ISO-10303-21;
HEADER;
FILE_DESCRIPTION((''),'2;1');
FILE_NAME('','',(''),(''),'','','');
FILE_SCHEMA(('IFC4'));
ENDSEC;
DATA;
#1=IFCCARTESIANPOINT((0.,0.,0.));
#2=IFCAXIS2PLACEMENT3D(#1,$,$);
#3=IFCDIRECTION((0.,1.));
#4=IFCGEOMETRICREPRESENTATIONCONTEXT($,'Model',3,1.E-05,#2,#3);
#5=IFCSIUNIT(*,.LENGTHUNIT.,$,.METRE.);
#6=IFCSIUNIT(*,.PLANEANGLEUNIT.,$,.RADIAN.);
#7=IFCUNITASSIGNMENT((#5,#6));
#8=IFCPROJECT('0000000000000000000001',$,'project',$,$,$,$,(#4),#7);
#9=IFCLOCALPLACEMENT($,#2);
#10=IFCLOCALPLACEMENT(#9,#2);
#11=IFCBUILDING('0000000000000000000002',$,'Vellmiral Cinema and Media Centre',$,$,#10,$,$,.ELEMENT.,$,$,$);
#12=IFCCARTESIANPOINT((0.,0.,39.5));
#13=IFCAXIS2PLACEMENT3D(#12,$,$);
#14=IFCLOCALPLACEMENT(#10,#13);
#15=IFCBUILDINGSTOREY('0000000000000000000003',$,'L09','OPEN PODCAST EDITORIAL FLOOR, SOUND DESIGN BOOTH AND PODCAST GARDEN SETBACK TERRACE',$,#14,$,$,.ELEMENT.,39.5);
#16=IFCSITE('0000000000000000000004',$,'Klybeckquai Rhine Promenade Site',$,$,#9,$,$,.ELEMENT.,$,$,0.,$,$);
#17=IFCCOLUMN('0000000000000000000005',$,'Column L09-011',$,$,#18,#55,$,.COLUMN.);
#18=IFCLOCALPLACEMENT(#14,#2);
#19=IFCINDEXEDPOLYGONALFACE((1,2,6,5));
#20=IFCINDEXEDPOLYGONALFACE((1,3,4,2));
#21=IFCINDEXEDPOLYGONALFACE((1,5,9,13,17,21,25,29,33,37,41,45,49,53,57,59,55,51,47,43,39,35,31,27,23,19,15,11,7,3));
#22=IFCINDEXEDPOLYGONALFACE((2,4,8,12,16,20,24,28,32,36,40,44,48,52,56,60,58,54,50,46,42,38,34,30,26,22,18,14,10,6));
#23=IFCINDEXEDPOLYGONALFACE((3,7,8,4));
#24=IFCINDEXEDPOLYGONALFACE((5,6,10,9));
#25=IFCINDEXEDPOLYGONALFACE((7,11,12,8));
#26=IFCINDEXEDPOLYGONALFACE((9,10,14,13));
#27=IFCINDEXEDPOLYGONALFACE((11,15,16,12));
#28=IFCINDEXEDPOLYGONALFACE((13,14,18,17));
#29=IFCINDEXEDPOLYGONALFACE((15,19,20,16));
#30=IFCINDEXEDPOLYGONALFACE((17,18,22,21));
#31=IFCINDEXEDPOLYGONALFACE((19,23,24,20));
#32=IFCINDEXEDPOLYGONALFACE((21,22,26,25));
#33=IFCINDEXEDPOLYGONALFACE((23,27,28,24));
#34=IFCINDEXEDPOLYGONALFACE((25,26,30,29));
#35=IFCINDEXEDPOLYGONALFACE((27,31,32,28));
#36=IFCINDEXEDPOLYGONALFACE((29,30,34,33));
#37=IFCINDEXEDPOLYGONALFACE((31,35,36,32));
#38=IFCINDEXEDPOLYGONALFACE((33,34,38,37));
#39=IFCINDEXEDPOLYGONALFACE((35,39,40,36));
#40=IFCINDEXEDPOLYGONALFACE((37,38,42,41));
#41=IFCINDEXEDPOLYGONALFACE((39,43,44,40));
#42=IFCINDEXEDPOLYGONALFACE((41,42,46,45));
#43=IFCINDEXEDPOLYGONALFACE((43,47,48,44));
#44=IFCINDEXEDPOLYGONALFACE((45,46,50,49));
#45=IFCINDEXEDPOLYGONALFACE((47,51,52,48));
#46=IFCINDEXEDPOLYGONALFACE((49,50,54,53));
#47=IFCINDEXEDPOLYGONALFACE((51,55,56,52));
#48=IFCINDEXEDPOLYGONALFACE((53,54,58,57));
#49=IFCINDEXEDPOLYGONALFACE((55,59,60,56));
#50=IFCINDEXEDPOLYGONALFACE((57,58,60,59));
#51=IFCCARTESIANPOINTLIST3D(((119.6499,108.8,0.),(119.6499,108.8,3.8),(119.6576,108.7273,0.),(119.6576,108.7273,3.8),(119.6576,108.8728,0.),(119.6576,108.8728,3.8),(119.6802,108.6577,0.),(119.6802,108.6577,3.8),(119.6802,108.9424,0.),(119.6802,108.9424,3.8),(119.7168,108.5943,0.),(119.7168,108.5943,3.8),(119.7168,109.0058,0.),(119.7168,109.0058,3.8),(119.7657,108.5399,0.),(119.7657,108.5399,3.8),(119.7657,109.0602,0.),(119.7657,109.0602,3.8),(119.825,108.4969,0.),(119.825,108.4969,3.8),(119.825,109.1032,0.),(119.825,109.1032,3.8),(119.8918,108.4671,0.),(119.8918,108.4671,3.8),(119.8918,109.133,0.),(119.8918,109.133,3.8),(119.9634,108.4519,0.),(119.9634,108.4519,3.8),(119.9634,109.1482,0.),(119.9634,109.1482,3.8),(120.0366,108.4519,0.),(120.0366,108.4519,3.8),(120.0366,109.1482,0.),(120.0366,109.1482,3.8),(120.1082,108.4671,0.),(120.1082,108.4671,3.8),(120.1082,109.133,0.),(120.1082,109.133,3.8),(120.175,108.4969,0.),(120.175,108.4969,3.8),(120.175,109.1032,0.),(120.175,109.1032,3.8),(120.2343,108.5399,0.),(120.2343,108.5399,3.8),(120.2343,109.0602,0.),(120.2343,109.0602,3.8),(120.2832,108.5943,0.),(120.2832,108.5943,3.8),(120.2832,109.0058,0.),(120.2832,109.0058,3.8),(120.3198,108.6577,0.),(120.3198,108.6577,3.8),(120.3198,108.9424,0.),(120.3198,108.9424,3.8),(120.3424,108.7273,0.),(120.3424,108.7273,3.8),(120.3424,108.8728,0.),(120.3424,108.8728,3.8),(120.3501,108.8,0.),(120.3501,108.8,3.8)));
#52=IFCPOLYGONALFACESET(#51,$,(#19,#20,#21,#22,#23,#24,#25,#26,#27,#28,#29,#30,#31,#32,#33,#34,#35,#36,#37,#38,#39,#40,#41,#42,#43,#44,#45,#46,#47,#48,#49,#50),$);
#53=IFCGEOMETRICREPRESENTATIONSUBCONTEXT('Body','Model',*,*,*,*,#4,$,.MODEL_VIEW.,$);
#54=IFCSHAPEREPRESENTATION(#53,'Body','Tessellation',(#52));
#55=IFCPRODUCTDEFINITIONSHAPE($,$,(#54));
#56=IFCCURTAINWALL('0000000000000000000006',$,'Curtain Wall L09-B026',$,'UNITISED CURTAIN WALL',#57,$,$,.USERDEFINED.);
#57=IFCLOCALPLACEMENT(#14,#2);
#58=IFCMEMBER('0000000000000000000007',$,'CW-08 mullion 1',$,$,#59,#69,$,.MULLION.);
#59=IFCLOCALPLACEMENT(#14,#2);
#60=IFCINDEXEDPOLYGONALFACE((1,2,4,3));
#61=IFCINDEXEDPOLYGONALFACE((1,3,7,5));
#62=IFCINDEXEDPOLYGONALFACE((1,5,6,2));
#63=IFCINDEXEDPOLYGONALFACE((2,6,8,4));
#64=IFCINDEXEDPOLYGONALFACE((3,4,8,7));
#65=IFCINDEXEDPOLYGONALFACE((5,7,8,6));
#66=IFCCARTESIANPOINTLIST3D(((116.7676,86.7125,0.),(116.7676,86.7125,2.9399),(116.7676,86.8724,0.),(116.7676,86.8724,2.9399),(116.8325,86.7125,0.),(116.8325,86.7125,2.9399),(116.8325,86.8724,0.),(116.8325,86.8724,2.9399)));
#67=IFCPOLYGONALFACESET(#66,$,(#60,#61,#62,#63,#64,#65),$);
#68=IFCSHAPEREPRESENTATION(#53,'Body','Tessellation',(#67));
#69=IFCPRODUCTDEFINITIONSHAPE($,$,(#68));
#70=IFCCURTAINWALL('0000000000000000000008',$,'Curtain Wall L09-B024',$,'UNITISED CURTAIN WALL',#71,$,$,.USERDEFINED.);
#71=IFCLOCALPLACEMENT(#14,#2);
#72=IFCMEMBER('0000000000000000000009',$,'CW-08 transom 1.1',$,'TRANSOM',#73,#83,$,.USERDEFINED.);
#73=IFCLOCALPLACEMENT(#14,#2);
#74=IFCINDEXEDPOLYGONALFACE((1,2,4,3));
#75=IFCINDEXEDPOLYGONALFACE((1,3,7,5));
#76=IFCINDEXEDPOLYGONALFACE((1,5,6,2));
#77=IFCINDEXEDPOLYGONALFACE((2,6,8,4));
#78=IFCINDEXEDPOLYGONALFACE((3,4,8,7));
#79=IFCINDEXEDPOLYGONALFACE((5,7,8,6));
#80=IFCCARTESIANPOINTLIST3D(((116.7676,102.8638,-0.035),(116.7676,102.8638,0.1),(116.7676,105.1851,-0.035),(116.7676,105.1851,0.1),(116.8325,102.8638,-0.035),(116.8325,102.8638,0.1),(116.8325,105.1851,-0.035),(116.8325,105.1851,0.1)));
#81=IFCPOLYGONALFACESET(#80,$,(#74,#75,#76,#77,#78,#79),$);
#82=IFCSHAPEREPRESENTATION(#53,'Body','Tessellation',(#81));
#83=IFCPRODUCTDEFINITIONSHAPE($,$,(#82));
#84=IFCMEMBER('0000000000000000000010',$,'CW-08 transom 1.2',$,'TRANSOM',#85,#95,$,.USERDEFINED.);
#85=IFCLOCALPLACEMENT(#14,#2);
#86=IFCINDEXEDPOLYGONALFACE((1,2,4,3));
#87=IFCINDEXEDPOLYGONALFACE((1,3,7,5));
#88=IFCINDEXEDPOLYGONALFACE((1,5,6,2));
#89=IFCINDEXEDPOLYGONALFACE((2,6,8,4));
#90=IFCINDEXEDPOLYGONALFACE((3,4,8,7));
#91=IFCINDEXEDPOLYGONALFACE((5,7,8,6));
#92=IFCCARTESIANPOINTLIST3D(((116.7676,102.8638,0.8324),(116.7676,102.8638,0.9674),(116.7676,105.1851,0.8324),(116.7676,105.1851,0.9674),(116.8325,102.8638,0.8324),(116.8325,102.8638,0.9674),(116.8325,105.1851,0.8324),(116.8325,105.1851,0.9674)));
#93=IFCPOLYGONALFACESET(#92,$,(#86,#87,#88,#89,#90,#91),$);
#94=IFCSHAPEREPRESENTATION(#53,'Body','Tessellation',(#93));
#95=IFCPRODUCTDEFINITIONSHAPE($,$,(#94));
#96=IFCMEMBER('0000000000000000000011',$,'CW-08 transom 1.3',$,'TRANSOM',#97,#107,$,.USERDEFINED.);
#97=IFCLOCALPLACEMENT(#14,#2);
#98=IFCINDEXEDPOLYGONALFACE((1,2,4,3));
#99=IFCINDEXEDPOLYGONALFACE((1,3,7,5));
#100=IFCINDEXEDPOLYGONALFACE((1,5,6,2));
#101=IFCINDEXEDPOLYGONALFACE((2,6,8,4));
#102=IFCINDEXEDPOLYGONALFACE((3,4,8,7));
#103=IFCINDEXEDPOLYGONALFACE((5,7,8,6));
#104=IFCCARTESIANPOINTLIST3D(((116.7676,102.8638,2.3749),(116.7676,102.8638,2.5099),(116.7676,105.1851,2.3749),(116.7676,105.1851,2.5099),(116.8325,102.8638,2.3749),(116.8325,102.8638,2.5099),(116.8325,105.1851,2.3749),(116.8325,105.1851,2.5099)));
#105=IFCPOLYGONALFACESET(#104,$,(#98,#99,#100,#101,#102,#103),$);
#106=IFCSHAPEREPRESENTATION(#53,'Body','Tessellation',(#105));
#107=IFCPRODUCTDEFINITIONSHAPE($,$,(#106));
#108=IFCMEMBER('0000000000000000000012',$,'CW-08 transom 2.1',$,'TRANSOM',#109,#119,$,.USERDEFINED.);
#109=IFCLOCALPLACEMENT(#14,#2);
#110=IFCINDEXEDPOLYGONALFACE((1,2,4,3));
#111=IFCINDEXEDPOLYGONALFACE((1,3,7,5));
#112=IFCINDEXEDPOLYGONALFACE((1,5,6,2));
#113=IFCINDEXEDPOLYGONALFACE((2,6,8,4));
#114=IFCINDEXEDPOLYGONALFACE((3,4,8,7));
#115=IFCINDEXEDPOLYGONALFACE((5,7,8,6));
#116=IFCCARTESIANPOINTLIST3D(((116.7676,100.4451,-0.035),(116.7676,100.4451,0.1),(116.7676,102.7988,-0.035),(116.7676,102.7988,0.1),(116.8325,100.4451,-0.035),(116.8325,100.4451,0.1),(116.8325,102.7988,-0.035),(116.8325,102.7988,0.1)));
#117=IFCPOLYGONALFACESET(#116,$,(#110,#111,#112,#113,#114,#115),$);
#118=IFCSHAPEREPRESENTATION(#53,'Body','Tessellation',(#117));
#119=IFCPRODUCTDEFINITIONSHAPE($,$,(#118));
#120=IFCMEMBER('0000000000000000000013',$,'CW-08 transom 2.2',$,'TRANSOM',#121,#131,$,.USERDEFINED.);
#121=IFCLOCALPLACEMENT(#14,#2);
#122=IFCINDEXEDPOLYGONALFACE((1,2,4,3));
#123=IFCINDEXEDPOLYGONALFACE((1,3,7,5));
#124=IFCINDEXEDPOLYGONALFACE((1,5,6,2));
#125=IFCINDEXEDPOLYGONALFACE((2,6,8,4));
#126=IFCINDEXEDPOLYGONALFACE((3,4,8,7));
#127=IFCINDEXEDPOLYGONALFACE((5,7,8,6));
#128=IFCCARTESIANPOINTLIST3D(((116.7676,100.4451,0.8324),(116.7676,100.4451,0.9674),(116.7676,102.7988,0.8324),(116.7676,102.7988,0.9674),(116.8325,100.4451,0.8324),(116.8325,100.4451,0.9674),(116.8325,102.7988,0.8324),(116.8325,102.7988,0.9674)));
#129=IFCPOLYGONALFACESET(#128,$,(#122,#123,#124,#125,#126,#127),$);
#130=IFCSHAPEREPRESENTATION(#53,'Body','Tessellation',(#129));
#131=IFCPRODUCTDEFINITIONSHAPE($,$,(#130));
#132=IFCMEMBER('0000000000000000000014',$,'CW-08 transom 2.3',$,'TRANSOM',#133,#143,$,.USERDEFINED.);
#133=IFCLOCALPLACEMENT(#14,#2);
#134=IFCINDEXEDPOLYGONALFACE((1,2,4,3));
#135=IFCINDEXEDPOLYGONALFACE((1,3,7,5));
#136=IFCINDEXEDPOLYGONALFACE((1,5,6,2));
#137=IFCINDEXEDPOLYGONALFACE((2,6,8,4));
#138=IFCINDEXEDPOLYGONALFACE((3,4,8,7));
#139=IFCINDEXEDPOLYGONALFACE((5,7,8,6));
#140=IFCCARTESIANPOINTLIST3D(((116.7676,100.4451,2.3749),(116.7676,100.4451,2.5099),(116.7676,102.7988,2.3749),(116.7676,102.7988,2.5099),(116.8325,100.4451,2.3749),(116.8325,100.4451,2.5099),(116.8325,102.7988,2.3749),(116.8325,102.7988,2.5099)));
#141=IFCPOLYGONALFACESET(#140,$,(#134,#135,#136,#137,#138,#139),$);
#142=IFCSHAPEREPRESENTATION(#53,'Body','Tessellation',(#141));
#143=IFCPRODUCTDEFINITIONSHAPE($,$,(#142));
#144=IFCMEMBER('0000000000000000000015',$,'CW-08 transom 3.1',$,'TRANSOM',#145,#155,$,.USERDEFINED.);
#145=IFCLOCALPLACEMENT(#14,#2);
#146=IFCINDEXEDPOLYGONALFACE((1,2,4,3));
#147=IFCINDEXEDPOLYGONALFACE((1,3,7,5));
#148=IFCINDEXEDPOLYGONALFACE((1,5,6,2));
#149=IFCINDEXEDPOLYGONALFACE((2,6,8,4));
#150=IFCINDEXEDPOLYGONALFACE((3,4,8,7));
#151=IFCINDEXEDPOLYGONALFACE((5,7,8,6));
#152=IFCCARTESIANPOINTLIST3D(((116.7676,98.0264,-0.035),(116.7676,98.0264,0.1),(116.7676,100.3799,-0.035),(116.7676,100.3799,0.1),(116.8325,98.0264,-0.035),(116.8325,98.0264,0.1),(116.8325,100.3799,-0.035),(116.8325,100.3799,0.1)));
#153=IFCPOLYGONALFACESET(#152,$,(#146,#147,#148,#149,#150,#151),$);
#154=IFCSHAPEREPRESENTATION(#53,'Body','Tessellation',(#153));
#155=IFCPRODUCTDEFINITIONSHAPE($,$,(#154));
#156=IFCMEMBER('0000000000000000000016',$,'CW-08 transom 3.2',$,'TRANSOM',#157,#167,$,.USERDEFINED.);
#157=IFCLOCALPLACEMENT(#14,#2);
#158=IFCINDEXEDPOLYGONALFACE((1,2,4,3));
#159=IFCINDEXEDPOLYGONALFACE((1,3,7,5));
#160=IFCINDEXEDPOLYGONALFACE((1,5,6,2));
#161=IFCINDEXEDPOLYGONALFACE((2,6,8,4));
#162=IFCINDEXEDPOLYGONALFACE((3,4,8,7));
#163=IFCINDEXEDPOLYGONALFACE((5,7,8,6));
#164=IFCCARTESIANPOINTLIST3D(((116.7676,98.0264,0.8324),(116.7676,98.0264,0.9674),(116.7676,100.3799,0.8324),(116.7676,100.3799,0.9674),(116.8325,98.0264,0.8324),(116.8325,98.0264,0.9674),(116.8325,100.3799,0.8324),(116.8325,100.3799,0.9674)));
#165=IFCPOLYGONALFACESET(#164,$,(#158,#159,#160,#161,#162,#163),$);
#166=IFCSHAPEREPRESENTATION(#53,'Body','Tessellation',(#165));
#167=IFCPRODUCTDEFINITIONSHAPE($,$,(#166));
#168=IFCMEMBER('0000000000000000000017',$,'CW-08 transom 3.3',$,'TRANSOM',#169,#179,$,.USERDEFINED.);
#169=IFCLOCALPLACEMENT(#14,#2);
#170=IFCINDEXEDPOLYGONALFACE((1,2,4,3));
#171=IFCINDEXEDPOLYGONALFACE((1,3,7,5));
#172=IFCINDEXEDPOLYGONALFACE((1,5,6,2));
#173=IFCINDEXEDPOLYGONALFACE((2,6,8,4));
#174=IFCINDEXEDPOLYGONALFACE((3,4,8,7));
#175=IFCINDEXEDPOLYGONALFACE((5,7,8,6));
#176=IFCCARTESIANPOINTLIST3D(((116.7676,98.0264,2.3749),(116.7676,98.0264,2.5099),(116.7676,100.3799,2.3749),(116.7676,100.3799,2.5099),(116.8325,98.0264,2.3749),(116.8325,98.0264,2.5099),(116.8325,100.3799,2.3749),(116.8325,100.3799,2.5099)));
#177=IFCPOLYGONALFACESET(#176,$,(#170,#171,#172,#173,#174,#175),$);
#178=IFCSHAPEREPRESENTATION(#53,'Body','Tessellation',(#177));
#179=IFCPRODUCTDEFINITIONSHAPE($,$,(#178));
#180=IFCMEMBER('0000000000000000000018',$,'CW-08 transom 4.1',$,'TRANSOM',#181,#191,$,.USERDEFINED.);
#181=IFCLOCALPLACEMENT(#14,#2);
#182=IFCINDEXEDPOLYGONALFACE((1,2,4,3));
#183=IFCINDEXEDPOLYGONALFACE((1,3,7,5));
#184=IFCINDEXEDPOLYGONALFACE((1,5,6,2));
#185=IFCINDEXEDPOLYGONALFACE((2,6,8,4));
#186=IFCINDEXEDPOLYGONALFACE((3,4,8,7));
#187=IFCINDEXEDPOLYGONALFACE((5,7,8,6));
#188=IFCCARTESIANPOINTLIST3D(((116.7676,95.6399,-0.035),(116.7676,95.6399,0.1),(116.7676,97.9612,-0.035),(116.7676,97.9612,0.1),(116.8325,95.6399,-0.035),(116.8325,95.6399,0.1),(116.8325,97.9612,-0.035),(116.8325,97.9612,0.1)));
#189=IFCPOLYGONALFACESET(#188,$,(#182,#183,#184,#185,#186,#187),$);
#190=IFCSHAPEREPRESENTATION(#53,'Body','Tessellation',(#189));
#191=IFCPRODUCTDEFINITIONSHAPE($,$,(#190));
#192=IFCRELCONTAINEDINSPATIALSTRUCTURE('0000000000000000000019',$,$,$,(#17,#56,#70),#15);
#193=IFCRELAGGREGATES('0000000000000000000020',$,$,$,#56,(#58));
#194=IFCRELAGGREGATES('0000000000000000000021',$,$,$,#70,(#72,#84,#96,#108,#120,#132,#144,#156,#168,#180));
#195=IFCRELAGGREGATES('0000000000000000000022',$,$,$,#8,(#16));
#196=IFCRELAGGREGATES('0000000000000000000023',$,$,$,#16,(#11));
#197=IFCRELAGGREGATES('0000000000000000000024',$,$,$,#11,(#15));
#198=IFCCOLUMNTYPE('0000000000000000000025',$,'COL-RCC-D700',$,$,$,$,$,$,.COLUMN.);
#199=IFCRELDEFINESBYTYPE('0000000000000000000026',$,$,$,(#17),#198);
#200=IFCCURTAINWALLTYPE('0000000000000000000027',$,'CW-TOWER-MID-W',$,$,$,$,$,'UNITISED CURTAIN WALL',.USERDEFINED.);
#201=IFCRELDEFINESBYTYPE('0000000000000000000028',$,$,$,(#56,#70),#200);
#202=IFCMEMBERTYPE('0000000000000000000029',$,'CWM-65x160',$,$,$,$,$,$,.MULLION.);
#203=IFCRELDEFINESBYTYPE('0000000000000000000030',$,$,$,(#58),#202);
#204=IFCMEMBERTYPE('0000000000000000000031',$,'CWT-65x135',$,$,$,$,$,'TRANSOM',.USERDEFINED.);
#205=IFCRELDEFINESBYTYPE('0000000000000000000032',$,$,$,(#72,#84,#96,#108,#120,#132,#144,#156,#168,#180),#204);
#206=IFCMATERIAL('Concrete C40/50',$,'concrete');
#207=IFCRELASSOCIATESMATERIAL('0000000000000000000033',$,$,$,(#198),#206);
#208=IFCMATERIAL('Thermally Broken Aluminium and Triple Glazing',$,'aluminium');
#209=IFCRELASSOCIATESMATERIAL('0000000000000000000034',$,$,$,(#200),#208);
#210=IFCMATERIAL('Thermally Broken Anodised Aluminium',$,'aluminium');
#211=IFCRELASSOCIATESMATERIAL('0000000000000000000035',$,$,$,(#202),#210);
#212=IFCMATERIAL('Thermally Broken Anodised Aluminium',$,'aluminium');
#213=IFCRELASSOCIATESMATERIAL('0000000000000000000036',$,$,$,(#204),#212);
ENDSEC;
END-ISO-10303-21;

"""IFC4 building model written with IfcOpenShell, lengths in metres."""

from ifc_helpers import new_model, si_unit, direction, frame, origin, origin_2d, place, context, subcontext, project, spatial, rectangle, circle, extrude, material, material_profile, profile_set, type_object, element, aggregate, save


model = new_model("IFC4")

# Units and contexts
model_context = context("Model", 3, precision=1e-05, world=origin(), true_north=direction((0.0, 1.0)))
body_context = subcontext(model_context, "Body", "Model", "MODEL_VIEW")
ifc_project = project(units=[si_unit("LENGTHUNIT", "METRE"), si_unit("PLANEANGLEUNIT", "RADIAN")], contexts=[model_context])

# Site, building, storey
site_placement = place(None, origin())
site = spatial("IfcSite", under=ifc_project, at=site_placement, Name="Klybeckquai Rhine Promenade Site", CompositionType="ELEMENT", RefElevation=0.0)
building_placement = place(site_placement, origin())
building = spatial("IfcBuilding", under=site, at=building_placement, Name="Vellmiral Cinema and Media Centre", CompositionType="ELEMENT")
storey_placement = place(building_placement, frame((0.0, 0.0, 39.5)))
storey = spatial("IfcBuildingStorey", under=building, at=storey_placement, Name="L09", Description="OPEN PODCAST EDITORIAL FLOOR, SOUND DESIGN BOOTH AND PODCAST GARDEN SETBACK TERRACE", CompositionType="ELEMENT", Elevation=39.5)

# Column
ifc_material_1 = material(Name="Concrete C40/50", Category="concrete")
ifc_material_profile_1 = material_profile(ifc_material_1, circle(Radius=0.3501, at=origin_2d()), Name="RC D700")
ifc_profile_set_1 = profile_set([ifc_material_profile_1], Name="Concrete C40/50")
column_type = type_object("IfcColumnType", Name="COL-RCC-D700", PredefinedType="COLUMN", material=ifc_profile_set_1)
column_placement = place(storey_placement, frame((120.0, 108.8, 0.0), z_axis=(0.0, 0.0, 1.0), x_axis=(1.0, 0.0, 0.0)))
element("IfcColumn", 1, at=column_placement, inside=storey, type_object=column_type, Name="Column L09-011", PredefinedType="COLUMN", context=body_context, shape_type="SweptSolid", body=[
    extrude(circle(Radius=0.3501, at=origin_2d()), origin(), (0.0, 0.0, 1.0), 3.8),
])

# Curtain wall, member
ifc_material_2 = material(Name="Thermally Broken Aluminium and Triple Glazing", Category="aluminium")
curtain_wall_type = type_object("IfcCurtainWallType", Name="CW-TOWER-MID-W", ElementType="UNITISED CURTAIN WALL", PredefinedType="USERDEFINED", material=ifc_material_2)
curtain_wall_1_placement = place(storey_placement, origin())
curtain_wall_1 = element("IfcCurtainWall", 2, at=curtain_wall_1_placement, inside=storey, type_object=curtain_wall_type, Name="Curtain Wall L09-B026", ObjectType="UNITISED CURTAIN WALL", PredefinedType="USERDEFINED")
ifc_material_3 = material(Name="Thermally Broken Anodised Aluminium", Category="aluminium")
ifc_material_profile_2 = material_profile(ifc_material_3, rectangle(XDim=0.0649, YDim=0.1599, at=origin_2d()), Name="MULL 65x160")
ifc_profile_set_2 = profile_set([ifc_material_profile_2], Name="Thermally Broken Anodised Aluminium")
member_type_1 = type_object("IfcMemberType", Name="CWM-65x160", PredefinedType="MULLION", material=ifc_profile_set_2)
member_1_placement = place(storey_placement, frame((116.8, 86.7925, 0.0), z_axis=(0.0, 0.0, 1.0), x_axis=(1.0, 0.0, 0.0)))
member_1 = element("IfcMember", 3, at=member_1_placement, type_object=member_type_1, Name="CW-08 mullion 1", PredefinedType="MULLION", context=body_context, shape_type="SweptSolid", body=[
    extrude(rectangle(XDim=0.0649, YDim=0.1599, at=origin_2d()), origin(), (0.0, 0.0, 1.0), 2.9399),
])

# Curtain wall, members
curtain_wall_2_placement = place(storey_placement, origin())
curtain_wall_2 = element("IfcCurtainWall", 4, at=curtain_wall_2_placement, inside=storey, type_object=curtain_wall_type, Name="Curtain Wall L09-B024", ObjectType="UNITISED CURTAIN WALL", PredefinedType="USERDEFINED")
ifc_material_4 = material(Name="Thermally Broken Anodised Aluminium", Category="aluminium")
ifc_material_profile_3 = material_profile(ifc_material_4, rectangle(XDim=0.0649, YDim=0.135, at=origin_2d()), Name="MULL 65x135")
ifc_profile_set_3 = profile_set([ifc_material_profile_3], Name="Thermally Broken Anodised Aluminium")
member_type_2 = type_object("IfcMemberType", Name="CWT-65x135", ElementType="TRANSOM", PredefinedType="USERDEFINED", material=ifc_profile_set_3)
member_2_placement = place(storey_placement, frame((116.8, 105.1851, 0.0325), z_axis=(0.0, -1.0, 0.0), x_axis=(1.0, 0.0, 0.0)))
member_2 = element("IfcMember", 5, at=member_2_placement, type_object=member_type_2, Name="CW-08 transom 1.1", ObjectType="TRANSOM", PredefinedType="USERDEFINED", context=body_context, shape_type="SweptSolid", body=[
    extrude(rectangle(XDim=0.0649, YDim=0.135, at=origin_2d()), origin(), (0.0, 0.0, 1.0), 2.3213),
])
member_3_placement = place(storey_placement, frame((116.8, 105.1851, 0.8999), z_axis=(0.0, -1.0, 0.0), x_axis=(1.0, 0.0, 0.0)))
member_3 = element("IfcMember", 6, at=member_3_placement, type_object=member_type_2, Name="CW-08 transom 1.2", ObjectType="TRANSOM", PredefinedType="USERDEFINED", context=body_context, shape_type="SweptSolid", body=[
    extrude(rectangle(XDim=0.0649, YDim=0.135, at=origin_2d()), origin(), (0.0, 0.0, 1.0), 2.3213),
])
member_4_placement = place(storey_placement, frame((116.8, 105.1851, 2.4424), z_axis=(0.0, -1.0, 0.0), x_axis=(1.0, 0.0, 0.0)))
member_4 = element("IfcMember", 7, at=member_4_placement, type_object=member_type_2, Name="CW-08 transom 1.3", ObjectType="TRANSOM", PredefinedType="USERDEFINED", context=body_context, shape_type="SweptSolid", body=[
    extrude(rectangle(XDim=0.0649, YDim=0.135, at=origin_2d()), origin(), (0.0, 0.0, 1.0), 2.3213),
])
member_5_placement = place(storey_placement, frame((116.8, 102.7988, 0.0325), z_axis=(0.0, -1.0, 0.0), x_axis=(1.0, 0.0, 0.0)))
member_5 = element("IfcMember", 8, at=member_5_placement, type_object=member_type_2, Name="CW-08 transom 2.1", ObjectType="TRANSOM", PredefinedType="USERDEFINED", context=body_context, shape_type="SweptSolid", body=[
    extrude(rectangle(XDim=0.0649, YDim=0.135, at=origin_2d()), origin(), (0.0, 0.0, 1.0), 2.3538),
])
member_6_placement = place(storey_placement, frame((116.8, 102.7988, 0.8999), z_axis=(0.0, -1.0, 0.0), x_axis=(1.0, 0.0, 0.0)))
member_6 = element("IfcMember", 9, at=member_6_placement, type_object=member_type_2, Name="CW-08 transom 2.2", ObjectType="TRANSOM", PredefinedType="USERDEFINED", context=body_context, shape_type="SweptSolid", body=[
    extrude(rectangle(XDim=0.0649, YDim=0.135, at=origin_2d()), origin(), (0.0, 0.0, 1.0), 2.3538),
])
member_7_placement = place(storey_placement, frame((116.8, 102.7988, 2.4424), z_axis=(0.0, -1.0, 0.0), x_axis=(1.0, 0.0, 0.0)))
member_7 = element("IfcMember", 10, at=member_7_placement, type_object=member_type_2, Name="CW-08 transom 2.3", ObjectType="TRANSOM", PredefinedType="USERDEFINED", context=body_context, shape_type="SweptSolid", body=[
    extrude(rectangle(XDim=0.0649, YDim=0.135, at=origin_2d()), origin(), (0.0, 0.0, 1.0), 2.3538),
])
member_8_placement = place(storey_placement, frame((116.8, 100.3799, 0.0325), z_axis=(0.0, -1.0, 0.0), x_axis=(1.0, 0.0, 0.0)))
member_8 = element("IfcMember", 11, at=member_8_placement, type_object=member_type_2, Name="CW-08 transom 3.1", ObjectType="TRANSOM", PredefinedType="USERDEFINED", context=body_context, shape_type="SweptSolid", body=[
    extrude(rectangle(XDim=0.0649, YDim=0.135, at=origin_2d()), origin(), (0.0, 0.0, 1.0), 2.3535),
])
member_9_placement = place(storey_placement, frame((116.8, 100.3799, 0.8999), z_axis=(0.0, -1.0, 0.0), x_axis=(1.0, 0.0, 0.0)))
member_9 = element("IfcMember", 12, at=member_9_placement, type_object=member_type_2, Name="CW-08 transom 3.2", ObjectType="TRANSOM", PredefinedType="USERDEFINED", context=body_context, shape_type="SweptSolid", body=[
    extrude(rectangle(XDim=0.0649, YDim=0.135, at=origin_2d()), origin(), (0.0, 0.0, 1.0), 2.3535),
])
member_10_placement = place(storey_placement, frame((116.8, 100.3799, 2.4424), z_axis=(0.0, -1.0, 0.0), x_axis=(1.0, 0.0, 0.0)))
member_10 = element("IfcMember", 13, at=member_10_placement, type_object=member_type_2, Name="CW-08 transom 3.3", ObjectType="TRANSOM", PredefinedType="USERDEFINED", context=body_context, shape_type="SweptSolid", body=[
    extrude(rectangle(XDim=0.0649, YDim=0.135, at=origin_2d()), origin(), (0.0, 0.0, 1.0), 2.3535),
])
member_11_placement = place(storey_placement, frame((116.8, 97.9612, 0.0325), z_axis=(0.0, -1.0, 0.0), x_axis=(1.0, 0.0, 0.0)))
member_11 = element("IfcMember", 14, at=member_11_placement, type_object=member_type_2, Name="CW-08 transom 4.1", ObjectType="TRANSOM", PredefinedType="USERDEFINED", context=body_context, shape_type="SweptSolid", body=[
    extrude(rectangle(XDim=0.0649, YDim=0.135, at=origin_2d()), origin(), (0.0, 0.0, 1.0), 2.3213),
])

aggregate(curtain_wall_1, [member_1])

aggregate(curtain_wall_2, [member_2, member_3, member_4, member_5, member_6, member_7, member_8, member_9, member_10, member_11])

save(model, "model.ifc")
